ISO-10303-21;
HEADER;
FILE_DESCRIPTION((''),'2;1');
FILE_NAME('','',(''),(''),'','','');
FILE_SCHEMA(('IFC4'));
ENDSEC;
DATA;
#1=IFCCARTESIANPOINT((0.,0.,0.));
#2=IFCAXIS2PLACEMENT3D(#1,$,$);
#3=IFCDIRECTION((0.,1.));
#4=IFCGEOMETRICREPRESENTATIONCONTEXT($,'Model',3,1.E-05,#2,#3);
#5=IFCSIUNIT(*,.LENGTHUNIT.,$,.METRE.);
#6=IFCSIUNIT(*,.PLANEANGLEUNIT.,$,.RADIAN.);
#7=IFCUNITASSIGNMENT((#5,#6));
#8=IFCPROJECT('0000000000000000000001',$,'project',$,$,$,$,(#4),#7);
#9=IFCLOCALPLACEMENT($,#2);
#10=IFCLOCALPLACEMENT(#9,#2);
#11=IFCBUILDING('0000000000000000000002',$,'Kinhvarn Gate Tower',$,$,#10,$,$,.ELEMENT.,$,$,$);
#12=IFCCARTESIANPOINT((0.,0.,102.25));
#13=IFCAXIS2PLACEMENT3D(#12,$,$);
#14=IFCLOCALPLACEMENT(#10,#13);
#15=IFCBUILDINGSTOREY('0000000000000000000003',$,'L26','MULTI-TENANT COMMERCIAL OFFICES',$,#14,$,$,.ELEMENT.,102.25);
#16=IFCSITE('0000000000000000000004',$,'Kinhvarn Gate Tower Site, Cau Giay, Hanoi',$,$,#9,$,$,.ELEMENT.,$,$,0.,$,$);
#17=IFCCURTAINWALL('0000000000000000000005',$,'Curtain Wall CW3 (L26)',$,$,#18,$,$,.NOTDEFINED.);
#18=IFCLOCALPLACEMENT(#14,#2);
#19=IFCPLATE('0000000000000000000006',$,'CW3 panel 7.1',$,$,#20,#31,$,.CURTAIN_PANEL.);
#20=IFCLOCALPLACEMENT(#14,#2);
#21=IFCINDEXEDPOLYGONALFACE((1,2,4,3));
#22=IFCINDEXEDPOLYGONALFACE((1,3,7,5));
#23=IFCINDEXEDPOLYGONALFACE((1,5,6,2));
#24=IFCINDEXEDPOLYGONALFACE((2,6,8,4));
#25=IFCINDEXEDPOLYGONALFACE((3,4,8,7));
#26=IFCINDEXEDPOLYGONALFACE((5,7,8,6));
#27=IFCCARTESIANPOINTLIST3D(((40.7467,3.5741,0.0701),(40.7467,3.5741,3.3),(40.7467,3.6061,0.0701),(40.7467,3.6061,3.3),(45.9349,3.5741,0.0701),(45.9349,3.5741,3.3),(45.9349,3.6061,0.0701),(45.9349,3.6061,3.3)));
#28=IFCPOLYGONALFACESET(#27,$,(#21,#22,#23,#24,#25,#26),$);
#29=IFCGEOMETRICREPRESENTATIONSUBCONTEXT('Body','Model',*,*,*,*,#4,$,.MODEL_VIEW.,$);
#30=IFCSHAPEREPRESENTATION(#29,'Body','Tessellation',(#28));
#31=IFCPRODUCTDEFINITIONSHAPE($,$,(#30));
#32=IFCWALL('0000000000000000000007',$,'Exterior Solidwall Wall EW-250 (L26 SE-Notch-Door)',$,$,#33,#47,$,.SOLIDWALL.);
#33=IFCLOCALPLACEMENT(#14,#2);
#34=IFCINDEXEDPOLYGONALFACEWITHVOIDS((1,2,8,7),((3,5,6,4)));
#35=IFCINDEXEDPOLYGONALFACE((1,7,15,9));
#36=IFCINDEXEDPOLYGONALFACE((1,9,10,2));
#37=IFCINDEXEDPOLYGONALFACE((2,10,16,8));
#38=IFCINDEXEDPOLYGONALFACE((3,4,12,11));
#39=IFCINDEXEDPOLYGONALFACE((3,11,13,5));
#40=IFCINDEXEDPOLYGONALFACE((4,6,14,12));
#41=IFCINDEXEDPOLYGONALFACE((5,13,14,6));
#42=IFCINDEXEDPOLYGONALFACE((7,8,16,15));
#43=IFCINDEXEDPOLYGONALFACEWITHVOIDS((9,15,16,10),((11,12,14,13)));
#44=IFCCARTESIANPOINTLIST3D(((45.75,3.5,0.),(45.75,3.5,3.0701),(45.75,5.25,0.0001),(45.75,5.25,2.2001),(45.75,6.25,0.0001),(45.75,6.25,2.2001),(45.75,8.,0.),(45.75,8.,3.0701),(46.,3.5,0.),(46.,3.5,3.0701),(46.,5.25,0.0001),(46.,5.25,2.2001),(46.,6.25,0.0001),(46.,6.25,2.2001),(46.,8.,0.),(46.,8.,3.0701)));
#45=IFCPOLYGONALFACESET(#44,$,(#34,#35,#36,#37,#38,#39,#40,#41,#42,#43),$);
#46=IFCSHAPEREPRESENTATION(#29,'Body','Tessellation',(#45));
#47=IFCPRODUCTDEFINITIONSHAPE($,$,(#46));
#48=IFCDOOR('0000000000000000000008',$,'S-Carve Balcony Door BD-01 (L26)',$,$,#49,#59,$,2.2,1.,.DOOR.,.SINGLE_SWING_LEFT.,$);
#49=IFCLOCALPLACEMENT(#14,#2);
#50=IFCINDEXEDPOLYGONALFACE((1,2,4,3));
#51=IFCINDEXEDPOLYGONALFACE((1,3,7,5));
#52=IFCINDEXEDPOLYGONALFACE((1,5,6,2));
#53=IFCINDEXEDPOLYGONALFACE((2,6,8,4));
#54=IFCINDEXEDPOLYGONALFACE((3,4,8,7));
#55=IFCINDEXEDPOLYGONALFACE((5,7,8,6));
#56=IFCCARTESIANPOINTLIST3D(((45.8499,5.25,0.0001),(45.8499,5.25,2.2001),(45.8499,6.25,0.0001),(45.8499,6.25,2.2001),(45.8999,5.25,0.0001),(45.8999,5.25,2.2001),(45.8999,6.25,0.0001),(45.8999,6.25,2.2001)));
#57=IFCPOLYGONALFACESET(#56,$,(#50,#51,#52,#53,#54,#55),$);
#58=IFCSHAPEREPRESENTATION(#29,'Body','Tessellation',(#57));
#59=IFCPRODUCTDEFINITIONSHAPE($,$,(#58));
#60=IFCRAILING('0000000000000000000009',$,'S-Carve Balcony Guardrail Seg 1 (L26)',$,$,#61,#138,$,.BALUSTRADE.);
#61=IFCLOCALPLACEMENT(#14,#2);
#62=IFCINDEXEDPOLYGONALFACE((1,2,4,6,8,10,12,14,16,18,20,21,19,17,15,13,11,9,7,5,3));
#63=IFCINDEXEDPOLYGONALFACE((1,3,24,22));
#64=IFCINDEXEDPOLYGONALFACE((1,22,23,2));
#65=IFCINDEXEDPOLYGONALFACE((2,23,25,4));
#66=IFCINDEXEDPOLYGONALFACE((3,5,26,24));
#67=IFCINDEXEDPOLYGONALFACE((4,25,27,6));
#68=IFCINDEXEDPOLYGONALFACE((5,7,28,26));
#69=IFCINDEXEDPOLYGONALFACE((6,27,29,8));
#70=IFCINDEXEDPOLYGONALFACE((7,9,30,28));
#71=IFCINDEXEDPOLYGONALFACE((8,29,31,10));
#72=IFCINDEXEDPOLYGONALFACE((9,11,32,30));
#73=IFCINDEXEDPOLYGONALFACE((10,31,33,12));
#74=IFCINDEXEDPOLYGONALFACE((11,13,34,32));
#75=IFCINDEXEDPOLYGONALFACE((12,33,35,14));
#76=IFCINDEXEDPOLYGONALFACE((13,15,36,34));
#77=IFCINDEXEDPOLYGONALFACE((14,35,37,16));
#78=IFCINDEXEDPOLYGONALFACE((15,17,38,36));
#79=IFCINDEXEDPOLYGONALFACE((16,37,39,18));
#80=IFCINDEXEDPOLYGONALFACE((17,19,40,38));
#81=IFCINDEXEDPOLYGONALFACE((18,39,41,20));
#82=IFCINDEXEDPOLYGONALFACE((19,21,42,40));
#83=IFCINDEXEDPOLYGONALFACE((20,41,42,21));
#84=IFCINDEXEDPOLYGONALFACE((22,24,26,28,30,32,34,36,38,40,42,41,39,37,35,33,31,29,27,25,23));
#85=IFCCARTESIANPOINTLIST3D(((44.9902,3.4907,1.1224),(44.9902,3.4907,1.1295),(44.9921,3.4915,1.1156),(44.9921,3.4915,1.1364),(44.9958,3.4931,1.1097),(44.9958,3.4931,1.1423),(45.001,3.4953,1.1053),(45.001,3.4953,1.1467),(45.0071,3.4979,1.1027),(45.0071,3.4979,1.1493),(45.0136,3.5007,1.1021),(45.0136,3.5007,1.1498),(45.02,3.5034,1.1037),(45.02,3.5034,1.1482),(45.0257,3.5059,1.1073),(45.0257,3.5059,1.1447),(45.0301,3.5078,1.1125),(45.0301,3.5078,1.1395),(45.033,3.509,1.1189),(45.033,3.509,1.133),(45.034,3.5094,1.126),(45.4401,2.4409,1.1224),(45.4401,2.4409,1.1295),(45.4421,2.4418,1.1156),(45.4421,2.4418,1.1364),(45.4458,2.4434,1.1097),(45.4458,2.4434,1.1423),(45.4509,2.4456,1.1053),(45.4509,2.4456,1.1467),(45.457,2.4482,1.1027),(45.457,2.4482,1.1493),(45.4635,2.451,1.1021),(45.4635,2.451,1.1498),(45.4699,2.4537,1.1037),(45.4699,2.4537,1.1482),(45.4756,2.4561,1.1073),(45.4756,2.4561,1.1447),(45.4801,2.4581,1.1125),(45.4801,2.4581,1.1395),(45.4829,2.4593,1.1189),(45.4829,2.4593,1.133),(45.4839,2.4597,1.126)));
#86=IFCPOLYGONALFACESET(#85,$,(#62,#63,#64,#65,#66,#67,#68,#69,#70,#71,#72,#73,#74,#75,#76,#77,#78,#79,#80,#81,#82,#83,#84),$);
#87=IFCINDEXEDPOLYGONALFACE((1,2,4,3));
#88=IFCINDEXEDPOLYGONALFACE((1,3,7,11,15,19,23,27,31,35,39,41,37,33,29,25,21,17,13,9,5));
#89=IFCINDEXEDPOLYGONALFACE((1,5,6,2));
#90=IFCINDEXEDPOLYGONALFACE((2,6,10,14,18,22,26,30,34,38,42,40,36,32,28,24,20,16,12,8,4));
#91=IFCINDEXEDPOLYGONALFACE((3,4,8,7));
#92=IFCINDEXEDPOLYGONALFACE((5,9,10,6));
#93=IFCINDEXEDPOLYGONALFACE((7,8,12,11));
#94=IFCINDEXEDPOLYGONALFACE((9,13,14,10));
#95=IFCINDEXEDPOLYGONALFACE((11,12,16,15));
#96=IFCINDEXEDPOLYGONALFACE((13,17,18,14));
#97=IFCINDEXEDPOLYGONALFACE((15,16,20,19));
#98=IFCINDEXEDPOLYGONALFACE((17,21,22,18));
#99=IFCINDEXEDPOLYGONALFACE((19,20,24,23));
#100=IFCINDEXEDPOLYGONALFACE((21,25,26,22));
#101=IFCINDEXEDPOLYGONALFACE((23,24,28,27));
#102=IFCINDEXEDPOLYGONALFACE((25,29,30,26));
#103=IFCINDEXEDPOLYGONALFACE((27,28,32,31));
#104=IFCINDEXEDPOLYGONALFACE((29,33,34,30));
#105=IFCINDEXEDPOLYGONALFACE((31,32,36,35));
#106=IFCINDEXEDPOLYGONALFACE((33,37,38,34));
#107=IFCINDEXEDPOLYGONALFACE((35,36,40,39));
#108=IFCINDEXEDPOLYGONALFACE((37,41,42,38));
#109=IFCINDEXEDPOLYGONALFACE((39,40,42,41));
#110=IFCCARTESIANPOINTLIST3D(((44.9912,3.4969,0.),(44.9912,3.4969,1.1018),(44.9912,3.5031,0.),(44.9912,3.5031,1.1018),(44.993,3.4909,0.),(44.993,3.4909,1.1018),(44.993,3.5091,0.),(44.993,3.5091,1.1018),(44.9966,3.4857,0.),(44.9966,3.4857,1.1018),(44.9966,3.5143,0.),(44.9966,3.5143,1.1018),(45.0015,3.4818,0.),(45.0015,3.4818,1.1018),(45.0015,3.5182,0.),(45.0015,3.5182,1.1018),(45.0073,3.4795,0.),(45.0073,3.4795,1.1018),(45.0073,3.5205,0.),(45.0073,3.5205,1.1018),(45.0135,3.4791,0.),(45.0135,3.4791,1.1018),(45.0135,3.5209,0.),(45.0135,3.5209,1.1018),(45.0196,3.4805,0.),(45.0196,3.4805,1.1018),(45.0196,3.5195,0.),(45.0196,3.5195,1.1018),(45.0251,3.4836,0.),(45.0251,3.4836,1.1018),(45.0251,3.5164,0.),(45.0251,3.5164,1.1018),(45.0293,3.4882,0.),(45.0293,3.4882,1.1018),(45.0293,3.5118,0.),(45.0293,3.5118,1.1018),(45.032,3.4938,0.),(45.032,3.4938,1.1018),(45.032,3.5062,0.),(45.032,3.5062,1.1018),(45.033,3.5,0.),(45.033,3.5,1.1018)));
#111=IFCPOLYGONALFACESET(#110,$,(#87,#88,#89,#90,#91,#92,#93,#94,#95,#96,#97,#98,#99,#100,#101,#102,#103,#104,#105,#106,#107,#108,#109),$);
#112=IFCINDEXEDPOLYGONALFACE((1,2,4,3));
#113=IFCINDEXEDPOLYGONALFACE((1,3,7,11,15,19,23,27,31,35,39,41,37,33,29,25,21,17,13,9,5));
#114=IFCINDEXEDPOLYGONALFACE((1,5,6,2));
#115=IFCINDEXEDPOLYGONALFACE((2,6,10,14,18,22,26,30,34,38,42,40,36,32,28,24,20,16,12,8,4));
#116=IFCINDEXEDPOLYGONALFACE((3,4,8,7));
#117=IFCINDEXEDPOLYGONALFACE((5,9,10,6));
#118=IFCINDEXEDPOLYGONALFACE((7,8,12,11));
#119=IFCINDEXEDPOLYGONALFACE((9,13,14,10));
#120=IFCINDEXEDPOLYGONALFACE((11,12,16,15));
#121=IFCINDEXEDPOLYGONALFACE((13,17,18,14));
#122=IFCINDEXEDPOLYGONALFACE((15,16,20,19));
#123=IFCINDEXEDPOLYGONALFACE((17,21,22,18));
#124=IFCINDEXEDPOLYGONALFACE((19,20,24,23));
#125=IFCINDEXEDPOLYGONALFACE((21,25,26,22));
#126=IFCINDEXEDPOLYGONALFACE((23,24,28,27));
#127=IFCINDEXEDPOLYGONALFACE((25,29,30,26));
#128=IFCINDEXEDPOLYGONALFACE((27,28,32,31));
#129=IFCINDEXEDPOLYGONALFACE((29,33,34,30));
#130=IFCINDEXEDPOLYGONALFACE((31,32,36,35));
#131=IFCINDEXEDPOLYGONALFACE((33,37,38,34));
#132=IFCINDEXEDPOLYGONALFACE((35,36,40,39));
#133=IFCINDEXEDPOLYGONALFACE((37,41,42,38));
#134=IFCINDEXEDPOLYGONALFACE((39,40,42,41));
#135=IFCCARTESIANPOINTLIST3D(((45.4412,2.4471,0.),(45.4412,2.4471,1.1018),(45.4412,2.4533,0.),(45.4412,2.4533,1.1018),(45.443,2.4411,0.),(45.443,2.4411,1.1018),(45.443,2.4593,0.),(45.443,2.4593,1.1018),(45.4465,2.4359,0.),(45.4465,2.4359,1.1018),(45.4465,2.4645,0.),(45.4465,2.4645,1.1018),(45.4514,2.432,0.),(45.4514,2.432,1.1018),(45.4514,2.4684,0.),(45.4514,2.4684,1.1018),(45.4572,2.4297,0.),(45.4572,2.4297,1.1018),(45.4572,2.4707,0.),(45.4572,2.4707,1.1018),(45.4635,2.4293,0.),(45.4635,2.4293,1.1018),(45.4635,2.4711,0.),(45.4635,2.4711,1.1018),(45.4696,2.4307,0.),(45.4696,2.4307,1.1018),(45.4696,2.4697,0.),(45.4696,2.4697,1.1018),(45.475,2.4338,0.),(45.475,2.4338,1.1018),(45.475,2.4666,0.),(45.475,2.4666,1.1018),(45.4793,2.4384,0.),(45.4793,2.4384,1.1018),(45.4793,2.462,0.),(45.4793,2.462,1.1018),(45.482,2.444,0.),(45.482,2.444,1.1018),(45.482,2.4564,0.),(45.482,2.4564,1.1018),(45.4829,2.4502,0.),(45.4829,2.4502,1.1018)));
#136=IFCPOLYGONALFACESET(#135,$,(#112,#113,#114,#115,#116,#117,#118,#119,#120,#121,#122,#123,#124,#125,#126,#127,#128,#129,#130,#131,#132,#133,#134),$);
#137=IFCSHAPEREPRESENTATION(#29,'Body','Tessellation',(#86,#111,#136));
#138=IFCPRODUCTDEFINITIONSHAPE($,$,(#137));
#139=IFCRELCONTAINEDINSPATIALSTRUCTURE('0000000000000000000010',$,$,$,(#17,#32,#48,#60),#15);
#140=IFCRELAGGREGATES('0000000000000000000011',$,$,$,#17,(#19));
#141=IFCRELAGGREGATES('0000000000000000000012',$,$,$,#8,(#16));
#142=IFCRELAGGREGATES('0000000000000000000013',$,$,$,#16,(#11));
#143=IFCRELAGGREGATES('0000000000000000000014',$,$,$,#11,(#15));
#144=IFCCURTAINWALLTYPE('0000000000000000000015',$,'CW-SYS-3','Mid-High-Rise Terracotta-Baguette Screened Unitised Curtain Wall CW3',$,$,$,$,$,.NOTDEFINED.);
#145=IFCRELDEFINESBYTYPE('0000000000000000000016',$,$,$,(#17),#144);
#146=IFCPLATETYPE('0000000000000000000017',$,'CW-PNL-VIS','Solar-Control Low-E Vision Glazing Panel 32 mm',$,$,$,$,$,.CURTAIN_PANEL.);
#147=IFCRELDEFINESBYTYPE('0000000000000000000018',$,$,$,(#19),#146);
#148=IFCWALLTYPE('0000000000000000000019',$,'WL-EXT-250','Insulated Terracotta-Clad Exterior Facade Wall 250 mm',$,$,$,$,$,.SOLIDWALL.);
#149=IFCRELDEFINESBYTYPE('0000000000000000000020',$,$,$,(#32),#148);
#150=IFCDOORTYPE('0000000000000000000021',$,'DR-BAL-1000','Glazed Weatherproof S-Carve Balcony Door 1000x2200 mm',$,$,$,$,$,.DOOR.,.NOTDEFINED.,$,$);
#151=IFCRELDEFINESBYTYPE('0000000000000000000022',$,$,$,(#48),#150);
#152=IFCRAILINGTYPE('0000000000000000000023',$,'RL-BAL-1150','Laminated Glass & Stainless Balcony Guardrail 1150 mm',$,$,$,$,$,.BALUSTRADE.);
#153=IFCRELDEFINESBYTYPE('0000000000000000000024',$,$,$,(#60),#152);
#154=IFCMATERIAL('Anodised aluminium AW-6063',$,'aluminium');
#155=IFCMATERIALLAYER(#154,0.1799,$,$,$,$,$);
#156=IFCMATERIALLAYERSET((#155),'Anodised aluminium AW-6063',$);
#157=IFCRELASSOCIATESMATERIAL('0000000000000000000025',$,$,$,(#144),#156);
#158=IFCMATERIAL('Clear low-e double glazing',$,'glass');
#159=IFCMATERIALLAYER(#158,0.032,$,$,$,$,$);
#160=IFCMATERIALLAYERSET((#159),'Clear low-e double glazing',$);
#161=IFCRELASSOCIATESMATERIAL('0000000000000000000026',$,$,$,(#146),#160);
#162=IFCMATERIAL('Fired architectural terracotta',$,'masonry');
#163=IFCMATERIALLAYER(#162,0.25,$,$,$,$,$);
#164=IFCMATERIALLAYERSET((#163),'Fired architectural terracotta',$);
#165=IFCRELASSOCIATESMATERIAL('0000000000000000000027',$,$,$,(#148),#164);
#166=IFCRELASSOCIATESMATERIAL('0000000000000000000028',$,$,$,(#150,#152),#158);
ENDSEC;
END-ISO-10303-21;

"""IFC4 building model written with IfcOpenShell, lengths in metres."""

from ifc_helpers import new_model, si_unit, direction, frame, frame_2d, origin, origin_2d, place, context, subcontext, project, spatial, rectangle, circle, extrude, material, layer, layer_set, type_object, element, fill, aggregate, save


model = new_model("IFC4")

# Units and contexts
model_context = context("Model", 3, precision=1e-05, world=origin(), true_north=direction((0.0, 1.0)))
body_context = subcontext(model_context, "Body", "Model", "MODEL_VIEW")
ifc_project = project(units=[si_unit("LENGTHUNIT", "METRE"), si_unit("PLANEANGLEUNIT", "RADIAN")], contexts=[model_context])

# Site, building, storey
site_placement = place(None, origin())
site = spatial("IfcSite", under=ifc_project, at=site_placement, Name="Kinhvarn Gate Tower Site, Cau Giay, Hanoi", CompositionType="ELEMENT", RefElevation=0.0)
building_placement = place(site_placement, origin())
building = spatial("IfcBuilding", under=site, at=building_placement, Name="Kinhvarn Gate Tower", CompositionType="ELEMENT")
storey_placement = place(building_placement, frame((0.0, 0.0, 102.25)))
storey = spatial("IfcBuildingStorey", under=building, at=storey_placement, Name="L26", Description="MULTI-TENANT COMMERCIAL OFFICES", CompositionType="ELEMENT", Elevation=102.25)

# Curtain wall
ifc_material_1 = material(Name="Anodised aluminium AW-6063", Category="aluminium")
ifc_layer_1 = layer(ifc_material_1, 0.1799)
ifc_layer_set_1 = layer_set([ifc_layer_1], Name="Anodised aluminium AW-6063")
curtain_wall_type = type_object("IfcCurtainWallType", Name="CW-SYS-3", Description="Mid-High-Rise Terracotta-Baguette Screened Unitised Curtain Wall CW3", PredefinedType="NOTDEFINED", material=ifc_layer_set_1)
curtain_wall_1_placement = place(storey_placement, origin())
curtain_wall_1 = element("IfcCurtainWall", 1, at=curtain_wall_1_placement, inside=storey, type_object=curtain_wall_type, Name="Curtain Wall CW3 (L26)", PredefinedType="NOTDEFINED")

# Plate
ifc_material_2 = material(Name="Clear low-e double glazing", Category="glass")
ifc_layer_2 = layer(ifc_material_2, 0.032)
ifc_layer_set_2 = layer_set([ifc_layer_2], Name="Clear low-e double glazing")
plate_type = type_object("IfcPlateType", Name="CW-PNL-VIS", Description="Solar-Control Low-E Vision Glazing Panel 32 mm", PredefinedType="CURTAIN_PANEL", material=ifc_layer_set_2)
plate_placement = place(storey_placement, frame((43.3408, 3.5901, 0.0701), z_axis=(0.0, 0.0, 1.0), x_axis=(1.0, 0.0, 0.0)))
plate = element("IfcPlate", 2, at=plate_placement, type_object=plate_type, Name="CW3 panel 7.1", PredefinedType="CURTAIN_PANEL", context=body_context, shape_type="SweptSolid", body=[
    extrude(rectangle(XDim=5.1882, YDim=0.032, at=origin_2d()), origin(), (0.0, 0.0, 1.0), 3.23),
])
aggregate(curtain_wall_1, [plate])

# Wall, opening, door
ifc_material_3 = material(Name="Fired architectural terracotta", Category="masonry")
ifc_layer_3 = layer(ifc_material_3, 0.25)
ifc_layer_set_3 = layer_set([ifc_layer_3], Name="Fired architectural terracotta")
wall_type = type_object("IfcWallType", Name="WL-EXT-250", Description="Insulated Terracotta-Clad Exterior Facade Wall 250 mm", PredefinedType="SOLIDWALL", material=ifc_layer_set_3)
wall_placement = place(storey_placement, frame((45.875, 3.5, 0.0), z_axis=(0.0, 0.0, 1.0), x_axis=(0.0, 1.0, 0.0)))
wall = element("IfcWall", 3, at=wall_placement, inside=storey, type_object=wall_type, Name="Exterior Solidwall Wall EW-250 (L26 SE-Notch-Door)", PredefinedType="SOLIDWALL", context=body_context, shape_type="SweptSolid", body=[
    extrude(rectangle(XDim=4.5, YDim=0.25, at=frame_2d((2.25, 0.0))), origin(), (0.0, 0.0, 1.0), 3.0701),
])
opening_placement = place(wall_placement, frame((1.75, 0.0, 0.0)))
opening = element("IfcOpeningElement", 4, at=opening_placement, cuts=wall, PredefinedType="OPENING", context=body_context, shape_type="SweptSolid", body=[
    extrude(rectangle(XDim=1.0, YDim=2.2, at=frame_2d((0.5, 1.1001))), frame((0.0, 0.135, 0.0), z_axis=(0.0, -1.0, 0.0), x_axis=(1.0, 0.0, 0.0)), (0.0, 0.0, 1.0), 0.27),
])
door_type = type_object("IfcDoorType", Name="DR-BAL-1000", Description="Glazed Weatherproof S-Carve Balcony Door 1000x2200 mm", OperationType="NOTDEFINED", PredefinedType="DOOR", material=ifc_material_2)
door_placement = place(opening_placement, frame((1.0, 0.0, 0.0), z_axis=(0.0, 0.0, 1.0), x_axis=(-1.0, 0.0, 0.0)))
door = element("IfcDoor", 5, at=door_placement, inside=storey, type_object=door_type, Name="S-Carve Balcony Door BD-01 (L26)", OperationType="SINGLE_SWING_LEFT", OverallHeight=2.2, OverallWidth=1.0, PredefinedType="DOOR", context=body_context, shape_type="SweptSolid", body=[
    extrude(rectangle(XDim=1.0, YDim=2.2, at=frame_2d((0.5, 1.1001))), frame((0.0, 0.0249, 0.0), z_axis=(0.0, -1.0, 0.0), x_axis=(1.0, 0.0, 0.0)), (0.0, 0.0, 1.0), 0.05),
])
fill(opening, door)

# Railing
railing_type = type_object("IfcRailingType", Name="RL-BAL-1150", Description="Laminated Glass & Stainless Balcony Guardrail 1150 mm", PredefinedType="BALUSTRADE", material=ifc_material_2)
railing_1_placement = place(storey_placement, frame((45.012, 3.5, 0.0)))
element("IfcRailing", 6, at=railing_1_placement, inside=storey, type_object=railing_type, Name="S-Carve Balcony Guardrail Seg 1 (L26)", PredefinedType="BALUSTRADE", context=body_context, shape_type="SweptSolid", body=[
    extrude(circle(Radius=0.0239, at=origin_2d()), frame((0.0, 0.0, 1.126), z_axis=(0.393945, -0.919134, 0.0), x_axis=(0.919134, 0.393945, 0.0)), (0.0, 0.0, 1.0), 1.1421),
    extrude(circle(Radius=0.021, at=origin_2d()), origin(), (0.0, 0.0, 1.0), 1.1018),
    extrude(circle(Radius=0.021, at=origin_2d()), frame((0.45, -1.0498, 0.0)), (0.0, 0.0, 1.0), 1.1018),
])

save(model, "model.ifc")
